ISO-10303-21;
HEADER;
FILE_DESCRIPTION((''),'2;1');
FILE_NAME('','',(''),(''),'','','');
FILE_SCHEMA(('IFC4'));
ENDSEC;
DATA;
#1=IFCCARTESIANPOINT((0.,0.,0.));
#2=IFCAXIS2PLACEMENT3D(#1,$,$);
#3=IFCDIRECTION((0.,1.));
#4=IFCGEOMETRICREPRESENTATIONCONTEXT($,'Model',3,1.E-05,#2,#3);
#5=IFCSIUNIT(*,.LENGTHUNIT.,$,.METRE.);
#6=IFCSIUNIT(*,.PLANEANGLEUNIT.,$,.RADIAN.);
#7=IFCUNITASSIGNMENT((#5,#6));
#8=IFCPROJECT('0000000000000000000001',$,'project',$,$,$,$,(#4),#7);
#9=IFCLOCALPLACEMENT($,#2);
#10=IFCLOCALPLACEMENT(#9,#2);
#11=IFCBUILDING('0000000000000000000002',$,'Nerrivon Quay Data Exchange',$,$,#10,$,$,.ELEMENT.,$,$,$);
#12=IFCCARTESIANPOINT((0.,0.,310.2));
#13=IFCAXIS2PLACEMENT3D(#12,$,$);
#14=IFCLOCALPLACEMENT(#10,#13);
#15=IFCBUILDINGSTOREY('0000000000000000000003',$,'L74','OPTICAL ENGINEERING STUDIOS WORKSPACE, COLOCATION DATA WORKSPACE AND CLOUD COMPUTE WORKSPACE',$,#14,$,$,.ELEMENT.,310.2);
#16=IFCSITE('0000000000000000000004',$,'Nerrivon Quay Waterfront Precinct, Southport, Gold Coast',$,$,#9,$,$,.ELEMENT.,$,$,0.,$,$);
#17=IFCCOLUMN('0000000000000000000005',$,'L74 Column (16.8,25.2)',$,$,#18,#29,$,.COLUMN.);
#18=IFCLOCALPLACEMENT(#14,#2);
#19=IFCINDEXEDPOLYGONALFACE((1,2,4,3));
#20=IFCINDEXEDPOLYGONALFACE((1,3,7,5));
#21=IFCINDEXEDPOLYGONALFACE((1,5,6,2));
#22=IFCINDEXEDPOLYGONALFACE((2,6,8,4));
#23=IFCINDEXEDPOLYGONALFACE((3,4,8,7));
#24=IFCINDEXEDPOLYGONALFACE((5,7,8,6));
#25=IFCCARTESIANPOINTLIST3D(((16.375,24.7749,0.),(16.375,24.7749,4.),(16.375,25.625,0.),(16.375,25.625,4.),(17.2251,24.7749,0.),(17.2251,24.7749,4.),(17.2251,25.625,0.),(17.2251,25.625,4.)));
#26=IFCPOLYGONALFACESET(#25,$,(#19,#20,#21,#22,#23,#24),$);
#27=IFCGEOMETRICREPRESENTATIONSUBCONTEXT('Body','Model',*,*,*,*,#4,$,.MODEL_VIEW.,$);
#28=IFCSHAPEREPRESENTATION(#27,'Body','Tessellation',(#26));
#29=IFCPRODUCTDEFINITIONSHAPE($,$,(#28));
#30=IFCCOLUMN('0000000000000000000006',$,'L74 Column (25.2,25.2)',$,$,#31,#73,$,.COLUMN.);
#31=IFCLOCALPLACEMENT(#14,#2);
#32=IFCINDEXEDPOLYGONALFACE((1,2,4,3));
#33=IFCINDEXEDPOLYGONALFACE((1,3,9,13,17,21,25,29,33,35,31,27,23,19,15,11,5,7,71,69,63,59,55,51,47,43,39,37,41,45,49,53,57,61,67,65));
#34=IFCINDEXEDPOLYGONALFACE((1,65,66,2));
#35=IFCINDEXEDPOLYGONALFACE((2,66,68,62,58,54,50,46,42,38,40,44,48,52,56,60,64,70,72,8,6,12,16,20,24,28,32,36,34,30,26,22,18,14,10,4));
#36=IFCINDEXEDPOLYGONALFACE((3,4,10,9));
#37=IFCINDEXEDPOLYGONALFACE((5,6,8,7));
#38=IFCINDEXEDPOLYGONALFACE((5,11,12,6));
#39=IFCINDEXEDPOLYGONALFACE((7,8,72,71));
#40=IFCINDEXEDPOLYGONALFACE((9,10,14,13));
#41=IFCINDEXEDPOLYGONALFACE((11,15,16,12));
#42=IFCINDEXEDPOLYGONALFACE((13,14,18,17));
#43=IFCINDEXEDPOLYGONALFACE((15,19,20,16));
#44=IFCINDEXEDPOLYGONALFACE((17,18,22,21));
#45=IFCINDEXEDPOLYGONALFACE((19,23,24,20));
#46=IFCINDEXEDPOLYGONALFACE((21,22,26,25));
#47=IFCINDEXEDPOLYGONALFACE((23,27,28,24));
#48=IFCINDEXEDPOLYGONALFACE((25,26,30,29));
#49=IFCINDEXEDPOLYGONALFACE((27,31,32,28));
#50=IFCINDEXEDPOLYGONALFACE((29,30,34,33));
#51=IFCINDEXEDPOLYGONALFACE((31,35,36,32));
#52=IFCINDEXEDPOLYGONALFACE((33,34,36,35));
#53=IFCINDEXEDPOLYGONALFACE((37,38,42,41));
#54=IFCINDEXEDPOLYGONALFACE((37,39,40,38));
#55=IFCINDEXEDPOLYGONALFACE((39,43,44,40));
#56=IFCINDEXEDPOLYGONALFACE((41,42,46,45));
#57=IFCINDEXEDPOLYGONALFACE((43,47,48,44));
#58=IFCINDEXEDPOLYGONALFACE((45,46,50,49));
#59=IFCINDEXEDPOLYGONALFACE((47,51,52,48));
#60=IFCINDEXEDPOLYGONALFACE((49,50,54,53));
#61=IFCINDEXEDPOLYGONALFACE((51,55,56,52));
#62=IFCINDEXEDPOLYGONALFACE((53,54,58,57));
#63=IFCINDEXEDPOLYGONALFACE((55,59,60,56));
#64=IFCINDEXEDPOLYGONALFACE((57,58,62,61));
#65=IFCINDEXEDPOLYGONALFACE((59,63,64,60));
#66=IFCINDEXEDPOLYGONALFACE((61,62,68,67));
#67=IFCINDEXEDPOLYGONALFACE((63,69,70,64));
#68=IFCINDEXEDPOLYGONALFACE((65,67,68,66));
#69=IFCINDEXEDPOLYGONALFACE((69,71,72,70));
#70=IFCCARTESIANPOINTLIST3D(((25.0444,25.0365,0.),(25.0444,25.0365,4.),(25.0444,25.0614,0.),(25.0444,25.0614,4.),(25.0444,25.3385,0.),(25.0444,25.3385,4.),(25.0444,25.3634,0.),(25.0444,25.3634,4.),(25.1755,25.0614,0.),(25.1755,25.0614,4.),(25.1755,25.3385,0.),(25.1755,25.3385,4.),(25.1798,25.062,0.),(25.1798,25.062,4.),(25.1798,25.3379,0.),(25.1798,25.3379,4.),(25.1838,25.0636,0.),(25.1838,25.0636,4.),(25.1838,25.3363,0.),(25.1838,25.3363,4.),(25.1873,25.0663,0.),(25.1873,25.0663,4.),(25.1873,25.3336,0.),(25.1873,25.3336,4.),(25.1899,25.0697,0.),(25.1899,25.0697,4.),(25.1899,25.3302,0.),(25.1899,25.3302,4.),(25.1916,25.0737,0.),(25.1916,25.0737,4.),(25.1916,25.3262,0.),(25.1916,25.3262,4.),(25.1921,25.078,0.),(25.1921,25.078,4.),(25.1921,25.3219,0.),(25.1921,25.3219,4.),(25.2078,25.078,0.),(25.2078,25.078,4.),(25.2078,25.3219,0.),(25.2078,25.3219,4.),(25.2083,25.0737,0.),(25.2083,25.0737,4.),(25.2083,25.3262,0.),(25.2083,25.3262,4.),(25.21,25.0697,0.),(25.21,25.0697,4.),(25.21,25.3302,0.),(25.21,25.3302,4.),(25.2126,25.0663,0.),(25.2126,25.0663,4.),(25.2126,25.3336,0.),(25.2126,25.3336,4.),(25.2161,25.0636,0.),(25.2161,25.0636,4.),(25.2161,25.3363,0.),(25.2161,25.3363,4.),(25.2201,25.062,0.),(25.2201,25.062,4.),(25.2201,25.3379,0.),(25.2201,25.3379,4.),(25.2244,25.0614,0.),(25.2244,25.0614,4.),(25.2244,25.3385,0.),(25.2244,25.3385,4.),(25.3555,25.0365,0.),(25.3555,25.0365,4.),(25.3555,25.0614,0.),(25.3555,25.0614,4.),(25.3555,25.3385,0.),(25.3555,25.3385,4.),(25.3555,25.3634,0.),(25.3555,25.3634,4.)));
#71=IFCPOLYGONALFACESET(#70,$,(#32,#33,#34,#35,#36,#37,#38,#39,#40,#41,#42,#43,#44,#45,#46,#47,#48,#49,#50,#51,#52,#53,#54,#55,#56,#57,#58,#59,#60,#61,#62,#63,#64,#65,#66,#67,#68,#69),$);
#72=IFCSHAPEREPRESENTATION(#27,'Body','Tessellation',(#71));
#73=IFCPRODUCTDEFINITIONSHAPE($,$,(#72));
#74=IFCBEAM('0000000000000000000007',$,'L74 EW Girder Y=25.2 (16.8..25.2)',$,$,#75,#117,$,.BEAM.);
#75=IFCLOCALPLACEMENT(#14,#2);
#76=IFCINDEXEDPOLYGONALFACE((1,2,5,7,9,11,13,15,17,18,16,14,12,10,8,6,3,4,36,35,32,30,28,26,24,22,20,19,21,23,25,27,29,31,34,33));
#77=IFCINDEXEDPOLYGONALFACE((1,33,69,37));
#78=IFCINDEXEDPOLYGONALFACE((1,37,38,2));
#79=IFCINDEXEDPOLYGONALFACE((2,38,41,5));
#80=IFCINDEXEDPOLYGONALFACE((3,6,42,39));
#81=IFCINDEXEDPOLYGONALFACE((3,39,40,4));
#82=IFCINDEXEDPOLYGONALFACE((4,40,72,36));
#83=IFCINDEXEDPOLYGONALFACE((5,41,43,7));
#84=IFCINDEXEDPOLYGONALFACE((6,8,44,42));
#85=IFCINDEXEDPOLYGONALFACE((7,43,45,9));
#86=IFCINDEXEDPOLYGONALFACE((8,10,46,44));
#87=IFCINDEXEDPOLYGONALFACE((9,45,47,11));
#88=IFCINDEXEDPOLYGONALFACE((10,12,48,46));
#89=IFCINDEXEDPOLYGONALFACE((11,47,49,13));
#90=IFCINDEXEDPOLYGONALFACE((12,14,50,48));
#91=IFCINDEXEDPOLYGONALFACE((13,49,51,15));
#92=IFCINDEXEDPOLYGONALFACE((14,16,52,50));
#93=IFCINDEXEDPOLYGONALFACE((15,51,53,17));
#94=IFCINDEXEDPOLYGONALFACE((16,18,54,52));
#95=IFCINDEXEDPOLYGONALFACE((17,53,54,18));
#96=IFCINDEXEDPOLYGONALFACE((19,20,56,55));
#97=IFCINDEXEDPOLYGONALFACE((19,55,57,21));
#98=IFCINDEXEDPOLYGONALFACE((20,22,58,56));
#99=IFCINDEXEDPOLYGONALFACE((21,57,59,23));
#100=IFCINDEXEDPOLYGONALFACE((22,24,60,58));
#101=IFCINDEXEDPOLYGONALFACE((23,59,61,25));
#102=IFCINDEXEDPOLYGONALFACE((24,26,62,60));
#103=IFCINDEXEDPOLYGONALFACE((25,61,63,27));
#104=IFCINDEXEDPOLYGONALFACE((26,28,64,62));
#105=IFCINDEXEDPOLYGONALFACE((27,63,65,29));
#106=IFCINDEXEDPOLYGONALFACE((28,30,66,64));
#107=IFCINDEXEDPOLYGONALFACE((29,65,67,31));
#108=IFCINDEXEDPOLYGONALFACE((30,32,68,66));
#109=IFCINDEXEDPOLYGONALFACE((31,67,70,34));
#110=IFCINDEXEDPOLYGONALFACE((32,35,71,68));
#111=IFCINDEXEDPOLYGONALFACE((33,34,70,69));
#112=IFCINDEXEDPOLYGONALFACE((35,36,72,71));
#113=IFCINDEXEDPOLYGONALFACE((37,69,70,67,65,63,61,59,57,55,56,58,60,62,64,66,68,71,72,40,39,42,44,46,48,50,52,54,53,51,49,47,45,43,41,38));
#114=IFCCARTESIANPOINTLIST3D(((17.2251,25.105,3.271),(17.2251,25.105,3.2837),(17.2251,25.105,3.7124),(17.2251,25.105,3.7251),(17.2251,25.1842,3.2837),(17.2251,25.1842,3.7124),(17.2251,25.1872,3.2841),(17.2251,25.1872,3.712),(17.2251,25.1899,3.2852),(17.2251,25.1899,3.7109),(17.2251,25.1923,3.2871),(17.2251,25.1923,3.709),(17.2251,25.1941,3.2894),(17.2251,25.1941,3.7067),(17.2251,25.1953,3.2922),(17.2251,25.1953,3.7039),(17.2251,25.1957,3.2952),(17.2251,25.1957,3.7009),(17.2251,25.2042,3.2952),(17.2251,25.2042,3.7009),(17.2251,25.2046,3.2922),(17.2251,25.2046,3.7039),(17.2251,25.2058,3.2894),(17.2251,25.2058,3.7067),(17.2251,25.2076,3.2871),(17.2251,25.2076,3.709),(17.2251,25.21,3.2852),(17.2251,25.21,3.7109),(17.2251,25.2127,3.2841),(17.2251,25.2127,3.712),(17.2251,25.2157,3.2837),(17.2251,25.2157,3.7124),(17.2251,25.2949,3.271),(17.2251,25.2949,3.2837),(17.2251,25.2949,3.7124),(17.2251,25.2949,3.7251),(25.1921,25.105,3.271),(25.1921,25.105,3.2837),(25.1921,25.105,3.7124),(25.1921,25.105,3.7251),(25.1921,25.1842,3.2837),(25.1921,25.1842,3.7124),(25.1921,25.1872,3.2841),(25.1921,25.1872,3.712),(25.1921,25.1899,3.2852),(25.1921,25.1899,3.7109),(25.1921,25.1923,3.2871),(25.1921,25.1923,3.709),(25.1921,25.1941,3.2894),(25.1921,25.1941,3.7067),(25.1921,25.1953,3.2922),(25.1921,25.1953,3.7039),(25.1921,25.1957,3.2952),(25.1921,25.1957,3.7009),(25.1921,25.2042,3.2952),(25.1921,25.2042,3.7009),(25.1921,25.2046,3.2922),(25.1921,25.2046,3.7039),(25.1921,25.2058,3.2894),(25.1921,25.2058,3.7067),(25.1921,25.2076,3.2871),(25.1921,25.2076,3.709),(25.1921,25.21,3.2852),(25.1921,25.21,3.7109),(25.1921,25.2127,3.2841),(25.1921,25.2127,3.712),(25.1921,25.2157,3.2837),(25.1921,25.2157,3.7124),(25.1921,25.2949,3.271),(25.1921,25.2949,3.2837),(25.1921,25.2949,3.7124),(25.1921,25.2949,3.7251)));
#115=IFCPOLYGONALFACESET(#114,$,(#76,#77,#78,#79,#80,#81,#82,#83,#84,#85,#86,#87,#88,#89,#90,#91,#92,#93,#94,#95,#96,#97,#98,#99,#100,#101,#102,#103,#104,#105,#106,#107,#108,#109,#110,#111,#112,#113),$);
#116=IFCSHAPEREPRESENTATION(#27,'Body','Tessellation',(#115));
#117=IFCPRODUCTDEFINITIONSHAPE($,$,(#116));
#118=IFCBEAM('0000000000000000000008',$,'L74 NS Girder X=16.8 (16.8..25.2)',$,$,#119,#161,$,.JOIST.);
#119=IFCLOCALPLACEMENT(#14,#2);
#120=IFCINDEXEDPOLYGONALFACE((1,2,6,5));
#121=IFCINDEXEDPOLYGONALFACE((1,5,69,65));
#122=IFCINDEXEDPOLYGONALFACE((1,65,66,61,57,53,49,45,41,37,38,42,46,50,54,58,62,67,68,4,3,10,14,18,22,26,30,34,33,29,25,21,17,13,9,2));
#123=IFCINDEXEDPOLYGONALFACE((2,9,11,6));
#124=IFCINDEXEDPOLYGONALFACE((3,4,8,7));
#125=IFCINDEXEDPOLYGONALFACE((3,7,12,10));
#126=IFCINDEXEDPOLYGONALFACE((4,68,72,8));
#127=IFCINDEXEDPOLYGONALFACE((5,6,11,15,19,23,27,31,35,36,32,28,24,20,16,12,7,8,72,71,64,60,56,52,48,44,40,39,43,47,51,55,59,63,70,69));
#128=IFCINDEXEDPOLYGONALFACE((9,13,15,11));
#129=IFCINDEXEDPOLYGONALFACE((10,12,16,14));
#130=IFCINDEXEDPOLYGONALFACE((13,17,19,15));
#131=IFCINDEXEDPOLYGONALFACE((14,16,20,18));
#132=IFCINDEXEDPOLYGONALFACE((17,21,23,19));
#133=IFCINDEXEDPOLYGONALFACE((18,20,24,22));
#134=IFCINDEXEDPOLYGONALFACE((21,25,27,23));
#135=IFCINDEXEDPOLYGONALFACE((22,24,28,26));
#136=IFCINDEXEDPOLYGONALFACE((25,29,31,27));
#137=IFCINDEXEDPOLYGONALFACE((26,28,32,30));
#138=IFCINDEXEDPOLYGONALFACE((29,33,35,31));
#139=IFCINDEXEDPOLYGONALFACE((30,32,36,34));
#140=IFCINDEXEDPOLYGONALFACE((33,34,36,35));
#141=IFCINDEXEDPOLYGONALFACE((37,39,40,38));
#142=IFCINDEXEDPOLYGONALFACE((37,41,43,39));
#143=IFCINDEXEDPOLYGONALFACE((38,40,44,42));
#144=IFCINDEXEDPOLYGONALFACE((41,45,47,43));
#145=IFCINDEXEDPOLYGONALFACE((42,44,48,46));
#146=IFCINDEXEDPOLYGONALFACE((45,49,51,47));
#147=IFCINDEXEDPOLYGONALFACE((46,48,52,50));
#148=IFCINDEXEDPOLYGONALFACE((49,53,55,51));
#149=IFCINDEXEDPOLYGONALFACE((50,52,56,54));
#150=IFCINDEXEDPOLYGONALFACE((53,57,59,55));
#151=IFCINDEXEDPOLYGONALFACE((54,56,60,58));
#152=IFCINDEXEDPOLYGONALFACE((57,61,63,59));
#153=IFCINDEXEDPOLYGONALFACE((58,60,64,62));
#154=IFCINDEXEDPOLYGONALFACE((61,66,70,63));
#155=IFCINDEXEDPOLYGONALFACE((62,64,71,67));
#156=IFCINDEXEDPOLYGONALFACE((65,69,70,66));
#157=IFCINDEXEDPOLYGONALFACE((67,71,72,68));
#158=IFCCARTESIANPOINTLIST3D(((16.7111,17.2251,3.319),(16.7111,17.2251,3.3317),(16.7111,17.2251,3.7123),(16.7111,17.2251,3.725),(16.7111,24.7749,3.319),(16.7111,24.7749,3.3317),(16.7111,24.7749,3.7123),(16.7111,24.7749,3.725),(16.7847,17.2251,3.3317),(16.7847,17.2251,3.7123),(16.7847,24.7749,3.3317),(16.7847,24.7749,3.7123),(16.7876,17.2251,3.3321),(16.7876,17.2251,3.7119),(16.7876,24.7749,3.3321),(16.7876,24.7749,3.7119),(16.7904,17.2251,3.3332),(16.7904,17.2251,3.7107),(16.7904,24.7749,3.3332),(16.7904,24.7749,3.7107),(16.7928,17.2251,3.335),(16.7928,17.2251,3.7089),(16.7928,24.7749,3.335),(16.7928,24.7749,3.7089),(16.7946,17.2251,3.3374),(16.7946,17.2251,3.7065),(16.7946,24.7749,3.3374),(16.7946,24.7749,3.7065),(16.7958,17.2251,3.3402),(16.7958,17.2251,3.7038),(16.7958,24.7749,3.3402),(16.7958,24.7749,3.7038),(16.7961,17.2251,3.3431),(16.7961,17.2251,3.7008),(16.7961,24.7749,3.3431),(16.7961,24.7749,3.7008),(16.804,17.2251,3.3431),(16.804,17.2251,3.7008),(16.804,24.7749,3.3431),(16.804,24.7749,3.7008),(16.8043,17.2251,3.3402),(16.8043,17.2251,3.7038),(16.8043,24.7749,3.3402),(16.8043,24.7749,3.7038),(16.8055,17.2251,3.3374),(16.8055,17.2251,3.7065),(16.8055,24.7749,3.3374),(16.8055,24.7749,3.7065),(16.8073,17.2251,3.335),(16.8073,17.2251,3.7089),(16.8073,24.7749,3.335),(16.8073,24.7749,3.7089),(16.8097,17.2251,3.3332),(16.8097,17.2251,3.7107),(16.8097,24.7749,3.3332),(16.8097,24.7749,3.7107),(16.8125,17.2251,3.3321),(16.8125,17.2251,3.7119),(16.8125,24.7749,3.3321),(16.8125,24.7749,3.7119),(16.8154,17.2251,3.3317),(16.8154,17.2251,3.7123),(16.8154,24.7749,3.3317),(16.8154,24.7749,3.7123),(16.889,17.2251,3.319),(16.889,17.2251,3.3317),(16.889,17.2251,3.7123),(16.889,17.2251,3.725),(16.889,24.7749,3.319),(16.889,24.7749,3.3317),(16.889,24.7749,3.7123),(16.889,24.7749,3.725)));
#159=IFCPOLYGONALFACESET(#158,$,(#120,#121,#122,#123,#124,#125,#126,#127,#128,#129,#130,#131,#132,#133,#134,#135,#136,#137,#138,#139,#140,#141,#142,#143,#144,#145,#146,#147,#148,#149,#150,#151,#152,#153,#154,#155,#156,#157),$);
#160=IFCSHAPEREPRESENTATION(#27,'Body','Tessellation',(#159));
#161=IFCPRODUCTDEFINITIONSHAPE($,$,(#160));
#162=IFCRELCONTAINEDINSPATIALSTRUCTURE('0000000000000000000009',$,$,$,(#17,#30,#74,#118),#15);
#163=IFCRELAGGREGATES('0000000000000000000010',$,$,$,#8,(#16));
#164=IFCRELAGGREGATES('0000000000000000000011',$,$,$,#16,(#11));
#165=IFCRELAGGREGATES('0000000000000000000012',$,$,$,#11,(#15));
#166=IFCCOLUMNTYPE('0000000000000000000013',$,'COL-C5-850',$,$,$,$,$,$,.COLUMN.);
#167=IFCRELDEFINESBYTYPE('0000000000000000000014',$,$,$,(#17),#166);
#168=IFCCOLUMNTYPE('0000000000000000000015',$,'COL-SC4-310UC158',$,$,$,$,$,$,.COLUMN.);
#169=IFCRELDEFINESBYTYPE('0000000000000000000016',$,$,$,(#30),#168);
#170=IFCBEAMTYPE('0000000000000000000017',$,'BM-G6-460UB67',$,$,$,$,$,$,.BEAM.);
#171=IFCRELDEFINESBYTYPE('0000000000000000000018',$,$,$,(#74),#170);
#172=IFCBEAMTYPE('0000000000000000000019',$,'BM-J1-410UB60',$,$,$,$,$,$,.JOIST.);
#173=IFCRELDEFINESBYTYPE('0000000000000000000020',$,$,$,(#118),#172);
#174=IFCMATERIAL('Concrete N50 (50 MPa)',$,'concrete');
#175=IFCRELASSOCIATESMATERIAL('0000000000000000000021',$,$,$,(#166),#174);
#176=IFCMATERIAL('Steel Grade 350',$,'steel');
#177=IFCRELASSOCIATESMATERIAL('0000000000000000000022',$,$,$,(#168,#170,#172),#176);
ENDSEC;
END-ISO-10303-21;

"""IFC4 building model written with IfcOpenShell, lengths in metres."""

from ifc_helpers import new_model, si_unit, direction, frame, origin, origin_2d, place, context, subcontext, project, spatial, rectangle, i_section, extrude, material, material_profile, profile_set, type_object, element, save


model = new_model("IFC4")

# Units and contexts
model_context = context("Model", 3, precision=1e-05, world=origin(), true_north=direction((0.0, 1.0)))
body_context = subcontext(model_context, "Body", "Model", "MODEL_VIEW")
ifc_project = project(units=[si_unit("LENGTHUNIT", "METRE"), si_unit("PLANEANGLEUNIT", "RADIAN")], contexts=[model_context])

# Site, building, storey
site_placement = place(None, origin())
site = spatial("IfcSite", under=ifc_project, at=site_placement, Name="Nerrivon Quay Waterfront Precinct, Southport, Gold Coast", CompositionType="ELEMENT", RefElevation=0.0)
building_placement = place(site_placement, origin())
building = spatial("IfcBuilding", under=site, at=building_placement, Name="Nerrivon Quay Data Exchange", CompositionType="ELEMENT")
storey_placement = place(building_placement, frame((0.0, 0.0, 310.2)))
storey = spatial("IfcBuildingStorey", under=building, at=storey_placement, Name="L74", Description="OPTICAL ENGINEERING STUDIOS WORKSPACE, COLOCATION DATA WORKSPACE AND CLOUD COMPUTE WORKSPACE", CompositionType="ELEMENT", Elevation=310.2)

# Columns
ifc_material_1 = material(Name="Concrete N50 (50 MPa)", Category="concrete")
ifc_material_profile_1 = material_profile(ifc_material_1, rectangle(XDim=0.8501, YDim=0.8501, at=origin_2d()), Name="RC-COL-850x850")
ifc_profile_set_1 = profile_set([ifc_material_profile_1], Name="Concrete N50 (50 MPa)")
column_type_1 = type_object("IfcColumnType", Name="COL-C5-850", PredefinedType="COLUMN", material=ifc_profile_set_1)
column_1_placement = place(storey_placement, frame((16.8, 25.2, 0.0), z_axis=(0.0, 0.0, 1.0), x_axis=(1.0, 0.0, 0.0)))
element("IfcColumn", 1, at=column_1_placement, inside=storey, type_object=column_type_1, Name="L74 Column (16.8,25.2)", PredefinedType="COLUMN", context=body_context, shape_type="SweptSolid", body=[
    extrude(rectangle(XDim=0.8501, YDim=0.8501, at=origin_2d()), origin(), (0.0, 0.0, 1.0), 4.0),
])
ifc_material_2 = material(Name="Steel Grade 350", Category="steel")
ifc_material_profile_2 = material_profile(ifc_material_2, i_section(OverallWidth=0.311, OverallDepth=0.3269, WebThickness=0.0156, FlangeThickness=0.0249, FilletRadius=0.0166, at=origin_2d()), Name="310UC158")
ifc_profile_set_2 = profile_set([ifc_material_profile_2], Name="Steel Grade 350")
column_type_2 = type_object("IfcColumnType", Name="COL-SC4-310UC158", PredefinedType="COLUMN", material=ifc_profile_set_2)
column_2_placement = place(storey_placement, frame((25.2, 25.2, 0.0), z_axis=(0.0, 0.0, 1.0), x_axis=(1.0, 0.0, 0.0)))
element("IfcColumn", 2, at=column_2_placement, inside=storey, type_object=column_type_2, Name="L74 Column (25.2,25.2)", PredefinedType="COLUMN", context=body_context, shape_type="SweptSolid", body=[
    extrude(i_section(OverallWidth=0.311, OverallDepth=0.3269, WebThickness=0.0156, FlangeThickness=0.0249, FilletRadius=0.0166, at=origin_2d()), origin(), (0.0, 0.0, 1.0), 4.0),
])

# Beams
ifc_material_profile_3 = material_profile(ifc_material_2, i_section(OverallWidth=0.1899, OverallDepth=0.4541, WebThickness=0.0085, FlangeThickness=0.0127, FilletRadius=0.0115, at=origin_2d()), Name="460UB67.1")
ifc_profile_set_3 = profile_set([ifc_material_profile_3], Name="Steel Grade 350")
beam_type_1 = type_object("IfcBeamType", Name="BM-G6-460UB67", PredefinedType="BEAM", material=ifc_profile_set_3)
beam_1_placement = place(storey_placement, frame((17.2251, 25.2, 3.498), z_axis=(1.0, 0.0, 0.0), x_axis=(0.0, 1.0, 0.0)))
element("IfcBeam", 3, at=beam_1_placement, inside=storey, type_object=beam_type_1, Name="L74 EW Girder Y=25.2 (16.8..25.2)", PredefinedType="BEAM", context=body_context, shape_type="SweptSolid", body=[
    extrude(i_section(OverallWidth=0.1899, OverallDepth=0.4541, WebThickness=0.0085, FlangeThickness=0.0127, FilletRadius=0.0115, at=origin_2d()), origin(), (0.0, 0.0, 1.0), 7.967),
])
ifc_material_profile_4 = material_profile(ifc_material_2, i_section(OverallWidth=0.178, OverallDepth=0.406, WebThickness=0.0078, FlangeThickness=0.0127, FilletRadius=0.0115, at=origin_2d()), Name="410UB59.7")
ifc_profile_set_4 = profile_set([ifc_material_profile_4], Name="Steel Grade 350")
beam_type_2 = type_object("IfcBeamType", Name="BM-J1-410UB60", PredefinedType="JOIST", material=ifc_profile_set_4)
beam_2_placement = place(storey_placement, frame((16.8, 17.2251, 3.522), z_axis=(0.0, 1.0, 0.0), x_axis=(-1.0, 0.0, 0.0)))
element("IfcBeam", 4, at=beam_2_placement, inside=storey, type_object=beam_type_2, Name="L74 NS Girder X=16.8 (16.8..25.2)", PredefinedType="JOIST", context=body_context, shape_type="SweptSolid", body=[
    extrude(i_section(OverallWidth=0.178, OverallDepth=0.406, WebThickness=0.0078, FlangeThickness=0.0127, FilletRadius=0.0115, at=origin_2d()), origin(), (0.0, 0.0, 1.0), 7.5498),
])

save(model, "model.ifc")
